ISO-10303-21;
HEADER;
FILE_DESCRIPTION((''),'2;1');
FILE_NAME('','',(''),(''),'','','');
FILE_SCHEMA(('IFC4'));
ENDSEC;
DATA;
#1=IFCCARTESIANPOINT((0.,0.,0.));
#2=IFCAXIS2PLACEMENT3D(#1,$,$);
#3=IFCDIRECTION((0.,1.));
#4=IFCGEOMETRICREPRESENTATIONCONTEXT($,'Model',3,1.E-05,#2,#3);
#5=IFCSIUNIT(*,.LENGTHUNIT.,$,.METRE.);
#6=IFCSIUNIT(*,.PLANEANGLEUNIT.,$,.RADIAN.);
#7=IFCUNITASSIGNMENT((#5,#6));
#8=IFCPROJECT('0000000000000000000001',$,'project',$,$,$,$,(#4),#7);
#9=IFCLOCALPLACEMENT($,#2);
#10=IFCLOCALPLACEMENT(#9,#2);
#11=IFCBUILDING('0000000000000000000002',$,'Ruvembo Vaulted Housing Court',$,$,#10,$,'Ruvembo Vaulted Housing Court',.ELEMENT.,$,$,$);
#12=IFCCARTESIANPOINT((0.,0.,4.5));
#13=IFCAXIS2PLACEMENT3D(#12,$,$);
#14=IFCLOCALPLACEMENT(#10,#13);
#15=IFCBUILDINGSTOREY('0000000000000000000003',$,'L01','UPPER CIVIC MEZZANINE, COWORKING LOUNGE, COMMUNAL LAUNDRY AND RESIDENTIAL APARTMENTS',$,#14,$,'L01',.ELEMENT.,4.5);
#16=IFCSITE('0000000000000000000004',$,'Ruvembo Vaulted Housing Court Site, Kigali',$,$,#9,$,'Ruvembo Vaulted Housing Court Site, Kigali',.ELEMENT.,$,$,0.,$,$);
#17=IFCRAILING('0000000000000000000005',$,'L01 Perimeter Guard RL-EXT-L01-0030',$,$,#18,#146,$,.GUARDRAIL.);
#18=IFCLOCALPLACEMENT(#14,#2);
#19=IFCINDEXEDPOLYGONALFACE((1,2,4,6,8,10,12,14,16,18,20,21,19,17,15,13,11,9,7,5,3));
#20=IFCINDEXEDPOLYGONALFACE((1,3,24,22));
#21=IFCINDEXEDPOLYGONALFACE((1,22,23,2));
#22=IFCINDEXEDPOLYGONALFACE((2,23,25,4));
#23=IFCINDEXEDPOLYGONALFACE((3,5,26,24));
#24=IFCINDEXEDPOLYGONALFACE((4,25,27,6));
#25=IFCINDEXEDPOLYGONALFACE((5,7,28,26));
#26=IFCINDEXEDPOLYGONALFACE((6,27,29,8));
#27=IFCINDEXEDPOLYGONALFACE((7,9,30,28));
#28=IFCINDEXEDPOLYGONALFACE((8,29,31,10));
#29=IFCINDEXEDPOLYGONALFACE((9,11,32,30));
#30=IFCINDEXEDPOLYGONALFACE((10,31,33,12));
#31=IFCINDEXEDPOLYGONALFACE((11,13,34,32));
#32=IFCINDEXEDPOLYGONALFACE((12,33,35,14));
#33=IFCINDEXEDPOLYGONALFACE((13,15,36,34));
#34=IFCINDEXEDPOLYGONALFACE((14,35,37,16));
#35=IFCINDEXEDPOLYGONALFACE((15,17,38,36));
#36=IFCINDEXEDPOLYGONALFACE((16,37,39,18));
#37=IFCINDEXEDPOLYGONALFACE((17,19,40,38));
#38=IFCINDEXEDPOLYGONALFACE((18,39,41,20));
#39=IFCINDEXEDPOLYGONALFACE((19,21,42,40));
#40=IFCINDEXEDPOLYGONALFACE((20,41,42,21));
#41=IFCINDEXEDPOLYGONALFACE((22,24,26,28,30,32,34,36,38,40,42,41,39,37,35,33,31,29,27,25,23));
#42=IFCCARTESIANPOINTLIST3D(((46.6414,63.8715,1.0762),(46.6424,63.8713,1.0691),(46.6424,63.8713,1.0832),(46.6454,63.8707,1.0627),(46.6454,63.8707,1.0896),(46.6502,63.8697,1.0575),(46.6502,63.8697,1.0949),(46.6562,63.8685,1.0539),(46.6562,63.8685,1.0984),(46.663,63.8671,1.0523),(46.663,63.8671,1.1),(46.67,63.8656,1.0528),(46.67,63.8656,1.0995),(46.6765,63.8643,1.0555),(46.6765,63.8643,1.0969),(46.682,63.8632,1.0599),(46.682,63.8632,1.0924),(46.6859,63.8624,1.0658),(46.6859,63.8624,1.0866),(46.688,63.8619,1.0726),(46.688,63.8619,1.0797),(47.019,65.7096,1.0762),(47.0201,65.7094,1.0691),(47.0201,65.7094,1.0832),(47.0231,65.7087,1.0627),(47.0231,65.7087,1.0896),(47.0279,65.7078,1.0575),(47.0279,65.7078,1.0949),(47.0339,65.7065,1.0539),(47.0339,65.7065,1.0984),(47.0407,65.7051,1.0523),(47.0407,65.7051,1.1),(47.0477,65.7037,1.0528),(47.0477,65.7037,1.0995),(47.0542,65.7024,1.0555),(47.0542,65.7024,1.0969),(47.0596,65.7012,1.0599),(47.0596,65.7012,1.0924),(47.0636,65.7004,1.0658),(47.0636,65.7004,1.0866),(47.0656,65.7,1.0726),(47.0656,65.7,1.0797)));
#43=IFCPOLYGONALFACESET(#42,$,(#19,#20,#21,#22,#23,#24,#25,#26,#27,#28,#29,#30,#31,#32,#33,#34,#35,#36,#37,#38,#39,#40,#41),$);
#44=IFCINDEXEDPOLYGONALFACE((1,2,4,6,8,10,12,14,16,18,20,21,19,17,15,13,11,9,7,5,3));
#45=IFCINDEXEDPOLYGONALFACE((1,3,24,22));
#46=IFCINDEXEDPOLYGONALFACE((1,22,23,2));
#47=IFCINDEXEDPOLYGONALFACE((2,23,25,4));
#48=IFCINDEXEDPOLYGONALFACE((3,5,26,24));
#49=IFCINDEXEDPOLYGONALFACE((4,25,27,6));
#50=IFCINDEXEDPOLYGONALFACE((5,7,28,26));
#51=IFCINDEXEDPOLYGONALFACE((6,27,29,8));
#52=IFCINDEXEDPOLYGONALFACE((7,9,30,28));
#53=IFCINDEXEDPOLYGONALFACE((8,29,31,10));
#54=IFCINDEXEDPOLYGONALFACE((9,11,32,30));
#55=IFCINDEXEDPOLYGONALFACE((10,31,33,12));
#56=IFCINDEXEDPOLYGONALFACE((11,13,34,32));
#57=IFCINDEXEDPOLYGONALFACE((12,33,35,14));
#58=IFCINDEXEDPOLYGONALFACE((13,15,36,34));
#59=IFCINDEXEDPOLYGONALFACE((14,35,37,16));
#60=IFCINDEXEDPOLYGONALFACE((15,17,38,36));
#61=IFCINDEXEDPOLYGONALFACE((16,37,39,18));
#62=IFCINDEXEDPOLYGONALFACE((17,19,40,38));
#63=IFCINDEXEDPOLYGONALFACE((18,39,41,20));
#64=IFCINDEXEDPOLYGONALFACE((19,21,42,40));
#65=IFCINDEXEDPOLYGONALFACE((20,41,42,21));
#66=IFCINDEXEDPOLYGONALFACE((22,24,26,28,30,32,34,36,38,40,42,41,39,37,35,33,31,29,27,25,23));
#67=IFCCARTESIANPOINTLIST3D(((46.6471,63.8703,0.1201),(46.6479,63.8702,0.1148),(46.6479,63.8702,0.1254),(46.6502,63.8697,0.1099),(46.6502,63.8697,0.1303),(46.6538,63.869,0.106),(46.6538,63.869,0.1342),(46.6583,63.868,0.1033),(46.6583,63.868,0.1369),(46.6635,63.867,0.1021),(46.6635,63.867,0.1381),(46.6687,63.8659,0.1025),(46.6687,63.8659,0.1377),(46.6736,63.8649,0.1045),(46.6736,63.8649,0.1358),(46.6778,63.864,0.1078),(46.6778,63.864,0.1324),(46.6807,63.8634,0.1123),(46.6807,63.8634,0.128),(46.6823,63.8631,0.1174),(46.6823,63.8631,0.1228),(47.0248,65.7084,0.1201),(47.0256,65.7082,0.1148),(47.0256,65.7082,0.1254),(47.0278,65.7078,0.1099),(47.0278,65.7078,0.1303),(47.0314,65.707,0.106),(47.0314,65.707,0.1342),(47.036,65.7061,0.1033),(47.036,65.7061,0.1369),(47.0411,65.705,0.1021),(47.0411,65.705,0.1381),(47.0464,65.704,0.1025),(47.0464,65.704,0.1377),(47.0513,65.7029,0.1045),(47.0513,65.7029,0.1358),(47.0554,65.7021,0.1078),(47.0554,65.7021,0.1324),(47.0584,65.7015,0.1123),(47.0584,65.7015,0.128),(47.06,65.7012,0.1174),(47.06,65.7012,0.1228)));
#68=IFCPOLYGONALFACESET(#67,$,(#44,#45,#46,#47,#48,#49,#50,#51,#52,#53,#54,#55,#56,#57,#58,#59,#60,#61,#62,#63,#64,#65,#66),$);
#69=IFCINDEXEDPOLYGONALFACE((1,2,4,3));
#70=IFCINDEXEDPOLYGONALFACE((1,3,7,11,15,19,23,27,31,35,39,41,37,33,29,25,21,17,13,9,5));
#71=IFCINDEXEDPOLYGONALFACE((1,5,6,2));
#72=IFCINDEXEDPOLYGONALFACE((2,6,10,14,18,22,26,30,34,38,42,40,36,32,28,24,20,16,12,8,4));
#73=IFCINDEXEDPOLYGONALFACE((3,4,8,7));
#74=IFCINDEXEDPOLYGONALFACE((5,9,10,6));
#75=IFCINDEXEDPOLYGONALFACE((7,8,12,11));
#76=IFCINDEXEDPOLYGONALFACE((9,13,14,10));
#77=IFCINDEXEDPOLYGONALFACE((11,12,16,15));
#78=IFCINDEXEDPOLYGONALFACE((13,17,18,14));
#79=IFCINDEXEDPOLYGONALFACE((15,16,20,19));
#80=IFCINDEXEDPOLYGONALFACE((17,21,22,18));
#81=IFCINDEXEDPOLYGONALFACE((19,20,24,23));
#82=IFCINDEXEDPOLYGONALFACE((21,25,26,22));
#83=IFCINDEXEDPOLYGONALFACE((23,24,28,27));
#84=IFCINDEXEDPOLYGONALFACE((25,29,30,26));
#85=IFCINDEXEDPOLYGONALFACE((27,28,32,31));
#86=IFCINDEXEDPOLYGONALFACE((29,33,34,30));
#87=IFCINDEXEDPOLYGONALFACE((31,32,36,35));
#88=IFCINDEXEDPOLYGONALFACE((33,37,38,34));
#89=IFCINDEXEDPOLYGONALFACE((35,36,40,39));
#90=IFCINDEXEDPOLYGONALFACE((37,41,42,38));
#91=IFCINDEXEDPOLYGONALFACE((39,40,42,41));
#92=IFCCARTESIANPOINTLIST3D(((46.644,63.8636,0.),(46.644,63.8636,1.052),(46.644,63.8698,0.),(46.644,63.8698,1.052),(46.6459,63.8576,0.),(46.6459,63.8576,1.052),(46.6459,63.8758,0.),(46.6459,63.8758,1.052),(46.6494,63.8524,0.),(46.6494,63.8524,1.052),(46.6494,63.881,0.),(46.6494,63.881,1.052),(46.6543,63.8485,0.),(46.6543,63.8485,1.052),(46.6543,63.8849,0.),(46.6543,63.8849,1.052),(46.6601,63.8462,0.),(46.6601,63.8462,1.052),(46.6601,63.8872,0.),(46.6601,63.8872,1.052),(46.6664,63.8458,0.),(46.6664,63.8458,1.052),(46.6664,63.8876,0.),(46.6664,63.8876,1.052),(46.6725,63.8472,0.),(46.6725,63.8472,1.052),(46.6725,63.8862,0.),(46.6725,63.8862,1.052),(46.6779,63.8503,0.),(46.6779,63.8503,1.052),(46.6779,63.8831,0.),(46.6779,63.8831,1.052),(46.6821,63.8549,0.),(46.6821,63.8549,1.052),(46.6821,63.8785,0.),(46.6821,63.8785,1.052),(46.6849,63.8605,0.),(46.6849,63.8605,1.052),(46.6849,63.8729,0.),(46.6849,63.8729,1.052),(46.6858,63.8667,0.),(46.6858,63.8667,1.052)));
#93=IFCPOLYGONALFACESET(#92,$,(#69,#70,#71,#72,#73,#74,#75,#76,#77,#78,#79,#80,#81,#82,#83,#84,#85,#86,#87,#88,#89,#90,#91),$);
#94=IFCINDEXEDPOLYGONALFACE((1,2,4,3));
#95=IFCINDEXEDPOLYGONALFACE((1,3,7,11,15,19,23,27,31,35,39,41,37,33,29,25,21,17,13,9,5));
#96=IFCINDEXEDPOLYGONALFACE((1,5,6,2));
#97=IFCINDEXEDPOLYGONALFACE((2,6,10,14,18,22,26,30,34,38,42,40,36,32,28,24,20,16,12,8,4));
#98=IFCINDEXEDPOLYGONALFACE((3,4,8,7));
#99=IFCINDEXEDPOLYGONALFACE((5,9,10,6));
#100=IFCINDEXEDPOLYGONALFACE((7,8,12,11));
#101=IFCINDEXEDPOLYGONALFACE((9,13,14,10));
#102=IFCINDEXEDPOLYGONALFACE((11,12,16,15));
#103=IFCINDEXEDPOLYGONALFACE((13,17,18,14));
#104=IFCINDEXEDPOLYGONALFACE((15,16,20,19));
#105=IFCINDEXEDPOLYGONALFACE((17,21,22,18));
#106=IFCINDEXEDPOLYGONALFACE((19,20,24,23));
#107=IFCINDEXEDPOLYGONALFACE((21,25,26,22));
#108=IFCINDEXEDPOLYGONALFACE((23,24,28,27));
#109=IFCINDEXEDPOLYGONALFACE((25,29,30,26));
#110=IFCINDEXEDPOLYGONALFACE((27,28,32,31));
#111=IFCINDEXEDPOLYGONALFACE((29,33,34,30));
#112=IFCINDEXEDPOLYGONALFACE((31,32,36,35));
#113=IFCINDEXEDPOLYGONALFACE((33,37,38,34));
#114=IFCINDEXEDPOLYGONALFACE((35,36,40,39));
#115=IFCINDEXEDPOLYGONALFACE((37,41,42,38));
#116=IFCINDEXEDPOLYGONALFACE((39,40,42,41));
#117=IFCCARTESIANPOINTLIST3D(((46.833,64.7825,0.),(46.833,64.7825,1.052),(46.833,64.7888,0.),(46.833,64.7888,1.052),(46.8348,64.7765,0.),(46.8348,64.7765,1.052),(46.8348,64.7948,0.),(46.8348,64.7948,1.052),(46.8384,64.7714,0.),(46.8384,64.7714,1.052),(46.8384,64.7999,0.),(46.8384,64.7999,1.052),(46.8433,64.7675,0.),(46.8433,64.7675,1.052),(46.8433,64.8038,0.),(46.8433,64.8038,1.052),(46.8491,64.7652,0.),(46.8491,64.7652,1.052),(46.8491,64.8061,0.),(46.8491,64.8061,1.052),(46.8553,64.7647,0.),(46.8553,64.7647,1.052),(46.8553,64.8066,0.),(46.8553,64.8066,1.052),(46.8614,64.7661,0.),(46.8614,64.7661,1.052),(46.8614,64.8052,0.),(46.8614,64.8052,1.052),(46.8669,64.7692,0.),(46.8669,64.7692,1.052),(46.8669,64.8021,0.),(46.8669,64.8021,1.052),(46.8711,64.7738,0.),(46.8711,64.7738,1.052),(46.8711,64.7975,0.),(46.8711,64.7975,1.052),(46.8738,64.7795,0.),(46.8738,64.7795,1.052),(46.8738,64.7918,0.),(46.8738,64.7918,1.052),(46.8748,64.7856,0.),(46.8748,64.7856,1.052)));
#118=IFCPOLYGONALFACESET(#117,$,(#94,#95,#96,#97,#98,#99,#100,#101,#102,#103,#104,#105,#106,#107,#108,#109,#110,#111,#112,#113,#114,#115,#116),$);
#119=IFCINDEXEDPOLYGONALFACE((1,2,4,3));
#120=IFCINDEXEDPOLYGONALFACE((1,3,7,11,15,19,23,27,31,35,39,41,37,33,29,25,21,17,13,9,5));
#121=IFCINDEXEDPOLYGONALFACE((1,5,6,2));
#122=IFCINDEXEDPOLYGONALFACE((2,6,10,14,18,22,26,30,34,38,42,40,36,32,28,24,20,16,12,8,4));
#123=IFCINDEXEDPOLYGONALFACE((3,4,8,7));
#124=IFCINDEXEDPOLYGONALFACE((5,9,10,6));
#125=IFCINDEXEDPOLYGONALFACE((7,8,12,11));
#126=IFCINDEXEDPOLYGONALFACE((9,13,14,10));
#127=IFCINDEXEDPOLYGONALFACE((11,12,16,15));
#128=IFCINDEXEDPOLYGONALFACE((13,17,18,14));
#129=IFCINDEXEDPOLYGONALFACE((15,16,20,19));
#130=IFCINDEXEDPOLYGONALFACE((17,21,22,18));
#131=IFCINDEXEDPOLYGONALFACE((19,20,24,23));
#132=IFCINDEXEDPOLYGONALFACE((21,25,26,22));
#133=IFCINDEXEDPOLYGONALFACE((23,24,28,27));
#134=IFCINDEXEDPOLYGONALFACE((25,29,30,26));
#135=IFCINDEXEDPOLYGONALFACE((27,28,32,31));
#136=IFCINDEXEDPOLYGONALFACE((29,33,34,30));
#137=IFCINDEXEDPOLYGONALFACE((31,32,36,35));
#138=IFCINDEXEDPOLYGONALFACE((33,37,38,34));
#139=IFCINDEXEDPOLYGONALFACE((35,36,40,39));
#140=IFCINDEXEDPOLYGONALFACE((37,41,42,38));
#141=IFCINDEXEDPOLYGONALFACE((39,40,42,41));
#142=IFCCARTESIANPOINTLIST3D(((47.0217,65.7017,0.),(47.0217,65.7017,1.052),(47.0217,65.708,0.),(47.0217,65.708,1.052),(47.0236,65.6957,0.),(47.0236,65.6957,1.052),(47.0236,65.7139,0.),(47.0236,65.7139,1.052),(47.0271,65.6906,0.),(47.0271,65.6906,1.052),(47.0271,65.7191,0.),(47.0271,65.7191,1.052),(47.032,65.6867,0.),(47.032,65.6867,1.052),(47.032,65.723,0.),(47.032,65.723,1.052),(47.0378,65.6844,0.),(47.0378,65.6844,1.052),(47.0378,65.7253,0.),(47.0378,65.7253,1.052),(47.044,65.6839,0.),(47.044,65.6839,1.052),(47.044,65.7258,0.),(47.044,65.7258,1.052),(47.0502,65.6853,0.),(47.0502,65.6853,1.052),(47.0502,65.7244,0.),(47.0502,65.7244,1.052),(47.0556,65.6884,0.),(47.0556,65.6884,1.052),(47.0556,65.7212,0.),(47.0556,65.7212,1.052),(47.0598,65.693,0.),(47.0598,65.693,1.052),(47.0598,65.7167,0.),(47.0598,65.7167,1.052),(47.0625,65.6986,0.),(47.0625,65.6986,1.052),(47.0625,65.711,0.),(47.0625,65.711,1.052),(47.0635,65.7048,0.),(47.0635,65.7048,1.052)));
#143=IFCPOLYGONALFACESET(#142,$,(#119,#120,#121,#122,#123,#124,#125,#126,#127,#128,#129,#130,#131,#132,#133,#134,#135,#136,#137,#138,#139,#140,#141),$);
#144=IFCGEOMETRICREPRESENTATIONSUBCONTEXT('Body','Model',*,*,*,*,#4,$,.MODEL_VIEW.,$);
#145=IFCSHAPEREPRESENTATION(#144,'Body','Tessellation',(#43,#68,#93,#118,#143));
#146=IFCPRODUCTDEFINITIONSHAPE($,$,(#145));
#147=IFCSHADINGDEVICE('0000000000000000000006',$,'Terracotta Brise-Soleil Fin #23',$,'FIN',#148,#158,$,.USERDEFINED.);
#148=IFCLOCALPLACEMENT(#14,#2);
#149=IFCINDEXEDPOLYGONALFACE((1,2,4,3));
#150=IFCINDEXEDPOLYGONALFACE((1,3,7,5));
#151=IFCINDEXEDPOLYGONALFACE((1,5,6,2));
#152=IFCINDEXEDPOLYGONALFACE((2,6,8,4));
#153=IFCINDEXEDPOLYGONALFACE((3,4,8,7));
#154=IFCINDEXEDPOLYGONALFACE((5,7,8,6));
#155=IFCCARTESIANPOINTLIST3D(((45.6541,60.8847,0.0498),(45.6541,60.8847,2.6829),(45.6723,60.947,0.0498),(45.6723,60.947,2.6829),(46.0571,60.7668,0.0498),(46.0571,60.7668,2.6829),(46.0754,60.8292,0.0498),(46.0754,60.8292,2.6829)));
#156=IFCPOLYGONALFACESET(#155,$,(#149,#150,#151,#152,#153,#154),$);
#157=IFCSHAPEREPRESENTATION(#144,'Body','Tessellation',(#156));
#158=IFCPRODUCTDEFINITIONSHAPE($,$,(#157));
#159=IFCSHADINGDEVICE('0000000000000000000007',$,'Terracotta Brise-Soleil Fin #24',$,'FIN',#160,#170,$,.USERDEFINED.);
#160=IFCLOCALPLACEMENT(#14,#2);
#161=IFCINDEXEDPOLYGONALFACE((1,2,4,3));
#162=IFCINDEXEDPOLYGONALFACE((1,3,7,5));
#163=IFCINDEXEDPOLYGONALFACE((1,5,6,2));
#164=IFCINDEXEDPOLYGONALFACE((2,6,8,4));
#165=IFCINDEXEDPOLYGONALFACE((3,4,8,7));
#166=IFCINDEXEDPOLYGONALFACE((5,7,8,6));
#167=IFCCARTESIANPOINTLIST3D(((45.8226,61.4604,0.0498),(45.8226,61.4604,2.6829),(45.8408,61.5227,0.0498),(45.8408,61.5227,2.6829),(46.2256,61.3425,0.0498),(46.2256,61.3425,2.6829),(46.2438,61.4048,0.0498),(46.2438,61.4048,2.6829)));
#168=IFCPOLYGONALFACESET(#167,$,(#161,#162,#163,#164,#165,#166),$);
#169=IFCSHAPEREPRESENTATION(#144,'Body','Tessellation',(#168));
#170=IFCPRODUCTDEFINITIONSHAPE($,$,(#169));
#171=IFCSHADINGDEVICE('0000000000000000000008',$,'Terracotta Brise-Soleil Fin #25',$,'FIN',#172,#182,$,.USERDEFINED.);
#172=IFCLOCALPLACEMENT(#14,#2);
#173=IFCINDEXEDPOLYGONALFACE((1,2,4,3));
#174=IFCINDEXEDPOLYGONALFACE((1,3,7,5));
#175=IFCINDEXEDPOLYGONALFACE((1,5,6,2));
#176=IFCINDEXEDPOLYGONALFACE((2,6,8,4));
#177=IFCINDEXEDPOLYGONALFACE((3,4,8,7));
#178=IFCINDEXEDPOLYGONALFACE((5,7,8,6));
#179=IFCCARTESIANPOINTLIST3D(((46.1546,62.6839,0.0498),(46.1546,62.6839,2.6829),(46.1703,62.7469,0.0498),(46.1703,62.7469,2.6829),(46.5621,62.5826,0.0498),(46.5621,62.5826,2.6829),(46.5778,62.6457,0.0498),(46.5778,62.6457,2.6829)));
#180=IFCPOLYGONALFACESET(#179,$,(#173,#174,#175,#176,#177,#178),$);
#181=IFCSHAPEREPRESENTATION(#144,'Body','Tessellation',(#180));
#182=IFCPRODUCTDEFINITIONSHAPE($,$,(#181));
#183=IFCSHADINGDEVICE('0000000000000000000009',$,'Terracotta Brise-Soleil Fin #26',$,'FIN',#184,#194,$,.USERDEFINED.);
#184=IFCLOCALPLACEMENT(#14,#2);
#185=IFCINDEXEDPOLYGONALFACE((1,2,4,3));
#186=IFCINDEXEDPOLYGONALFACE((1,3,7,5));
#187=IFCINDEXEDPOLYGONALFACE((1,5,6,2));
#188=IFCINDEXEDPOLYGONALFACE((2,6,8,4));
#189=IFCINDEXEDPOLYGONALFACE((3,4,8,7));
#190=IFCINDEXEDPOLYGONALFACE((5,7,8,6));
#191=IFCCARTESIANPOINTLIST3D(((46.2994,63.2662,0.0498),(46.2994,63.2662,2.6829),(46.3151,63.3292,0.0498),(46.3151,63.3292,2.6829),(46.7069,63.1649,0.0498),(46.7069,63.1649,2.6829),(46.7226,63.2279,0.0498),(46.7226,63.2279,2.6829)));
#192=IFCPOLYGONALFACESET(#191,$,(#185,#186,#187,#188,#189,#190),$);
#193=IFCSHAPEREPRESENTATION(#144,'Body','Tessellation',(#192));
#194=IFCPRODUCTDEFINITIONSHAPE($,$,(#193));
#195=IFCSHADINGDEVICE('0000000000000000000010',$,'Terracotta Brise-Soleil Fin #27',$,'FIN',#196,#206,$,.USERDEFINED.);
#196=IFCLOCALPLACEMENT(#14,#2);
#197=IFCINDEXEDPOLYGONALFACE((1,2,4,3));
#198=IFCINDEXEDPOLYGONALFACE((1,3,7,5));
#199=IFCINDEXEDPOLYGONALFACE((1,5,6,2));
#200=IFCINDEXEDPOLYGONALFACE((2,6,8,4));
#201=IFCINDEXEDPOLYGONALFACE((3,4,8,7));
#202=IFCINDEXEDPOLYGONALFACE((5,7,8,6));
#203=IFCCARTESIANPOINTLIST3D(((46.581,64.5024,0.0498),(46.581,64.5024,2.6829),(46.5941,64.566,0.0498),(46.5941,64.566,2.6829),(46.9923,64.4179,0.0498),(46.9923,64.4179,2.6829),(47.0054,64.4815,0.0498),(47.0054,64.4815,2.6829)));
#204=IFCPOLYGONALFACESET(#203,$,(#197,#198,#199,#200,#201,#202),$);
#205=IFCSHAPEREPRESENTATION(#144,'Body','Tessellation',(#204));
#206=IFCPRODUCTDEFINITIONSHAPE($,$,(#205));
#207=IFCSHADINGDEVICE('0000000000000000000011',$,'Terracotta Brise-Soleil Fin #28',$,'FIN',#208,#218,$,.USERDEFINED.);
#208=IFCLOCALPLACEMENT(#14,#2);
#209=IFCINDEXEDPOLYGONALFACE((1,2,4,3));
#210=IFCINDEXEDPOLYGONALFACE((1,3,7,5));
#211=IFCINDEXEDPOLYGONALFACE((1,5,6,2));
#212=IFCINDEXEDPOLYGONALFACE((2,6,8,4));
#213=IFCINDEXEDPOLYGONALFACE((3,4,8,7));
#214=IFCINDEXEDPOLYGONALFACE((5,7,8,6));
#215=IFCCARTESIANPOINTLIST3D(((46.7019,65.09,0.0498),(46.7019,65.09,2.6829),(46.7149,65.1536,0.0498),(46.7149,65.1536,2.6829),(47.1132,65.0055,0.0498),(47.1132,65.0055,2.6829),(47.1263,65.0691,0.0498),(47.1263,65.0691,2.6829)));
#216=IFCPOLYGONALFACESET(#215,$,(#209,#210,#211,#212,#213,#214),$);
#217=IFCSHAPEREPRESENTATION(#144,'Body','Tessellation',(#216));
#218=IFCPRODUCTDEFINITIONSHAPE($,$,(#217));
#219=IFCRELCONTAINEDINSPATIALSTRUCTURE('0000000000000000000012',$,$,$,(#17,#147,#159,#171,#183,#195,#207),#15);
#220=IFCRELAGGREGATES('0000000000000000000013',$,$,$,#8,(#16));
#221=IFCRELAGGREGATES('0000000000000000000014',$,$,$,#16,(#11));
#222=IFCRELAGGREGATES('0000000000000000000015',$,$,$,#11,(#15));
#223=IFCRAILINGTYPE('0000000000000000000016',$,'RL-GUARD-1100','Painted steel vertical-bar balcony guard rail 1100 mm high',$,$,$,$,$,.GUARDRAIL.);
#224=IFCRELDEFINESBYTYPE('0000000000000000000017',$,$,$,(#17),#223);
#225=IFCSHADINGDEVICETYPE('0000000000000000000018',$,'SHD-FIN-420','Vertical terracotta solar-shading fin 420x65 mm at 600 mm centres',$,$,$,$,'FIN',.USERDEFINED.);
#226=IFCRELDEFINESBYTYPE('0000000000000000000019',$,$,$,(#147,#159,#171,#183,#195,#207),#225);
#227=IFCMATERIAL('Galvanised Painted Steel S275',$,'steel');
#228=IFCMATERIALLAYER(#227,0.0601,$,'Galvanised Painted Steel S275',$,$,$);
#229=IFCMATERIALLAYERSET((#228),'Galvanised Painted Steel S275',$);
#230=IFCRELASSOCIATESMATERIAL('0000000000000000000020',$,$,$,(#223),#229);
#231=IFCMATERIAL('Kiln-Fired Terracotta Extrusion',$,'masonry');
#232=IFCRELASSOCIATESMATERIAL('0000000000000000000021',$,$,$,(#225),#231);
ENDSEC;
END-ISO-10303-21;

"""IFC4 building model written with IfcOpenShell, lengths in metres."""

from ifc_helpers import new_model, si_unit, direction, frame, origin, origin_2d, place, context, subcontext, project, spatial, rectangle, circle, extrude, material, layer, layer_set, type_object, element, save


model = new_model("IFC4")

# Units and contexts
model_context = context("Model", 3, precision=1e-05, world=origin(), true_north=direction((0.0, 1.0)))
body_context = subcontext(model_context, "Body", "Model", "MODEL_VIEW")
ifc_project = project(units=[si_unit("LENGTHUNIT", "METRE"), si_unit("PLANEANGLEUNIT", "RADIAN")], contexts=[model_context])

# Site, building, storey
site_placement = place(None, origin())
site = spatial("IfcSite", under=ifc_project, at=site_placement, Name="Ruvembo Vaulted Housing Court Site, Kigali", LongName="Ruvembo Vaulted Housing Court Site, Kigali", CompositionType="ELEMENT", RefElevation=0.0)
building_placement = place(site_placement, origin())
building = spatial("IfcBuilding", under=site, at=building_placement, Name="Ruvembo Vaulted Housing Court", LongName="Ruvembo Vaulted Housing Court", CompositionType="ELEMENT")
storey_placement = place(building_placement, frame((0.0, 0.0, 4.5)))
storey = spatial("IfcBuildingStorey", under=building, at=storey_placement, Name="L01", Description="UPPER CIVIC MEZZANINE, COWORKING LOUNGE, COMMUNAL LAUNDRY AND RESIDENTIAL APARTMENTS", LongName="L01", CompositionType="ELEMENT", Elevation=4.5)

# Railing
ifc_material_1 = material(Name="Galvanised Painted Steel S275", Category="steel")
ifc_layer = layer(ifc_material_1, 0.0601, Name="Galvanised Painted Steel S275")
ifc_layer_set = layer_set([ifc_layer], Name="Galvanised Painted Steel S275")
railing_type = type_object("IfcRailingType", Name="RL-GUARD-1100", Description="Painted steel vertical-bar balcony guard rail 1100 mm high", PredefinedType="GUARDRAIL", material=ifc_layer_set)
railing_1_placement = place(storey_placement, frame((46.6648, 63.8667, 0.0)))
element("IfcRailing", 1, at=railing_1_placement, inside=storey, type_object=railing_type, Name="L01 Perimeter Guard RL-EXT-L01-0030", PredefinedType="GUARDRAIL", context=body_context, shape_type="SweptSolid", body=[
    extrude(circle(Radius=0.0239, at=origin_2d()), frame((0.0, 0.0, 1.0762), z_axis=(0.201267, 0.979536, 0.0), x_axis=(-0.979536, 0.201267, 0.0)), (0.0, 0.0, 1.0), 1.8765),
    extrude(circle(Radius=0.0181, at=origin_2d()), frame((0.0, 0.0, 0.1201), z_axis=(0.201267, 0.979536, 0.0), x_axis=(-0.979536, 0.201267, 0.0)), (0.0, 0.0, 1.0), 1.8765),
    extrude(circle(Radius=0.021, at=origin_2d()), origin(), (0.0, 0.0, 1.0), 1.052),
    extrude(circle(Radius=0.021, at=origin_2d()), frame((0.189, 0.9189, 0.0)), (0.0, 0.0, 1.0), 1.052),
    extrude(circle(Radius=0.021, at=origin_2d()), frame((0.3777, 1.8381, 0.0)), (0.0, 0.0, 1.0), 1.052),
])

# Shading devices
ifc_material_2 = material(Name="Kiln-Fired Terracotta Extrusion", Category="masonry")
shading_device_type = type_object("IfcShadingDeviceType", Name="SHD-FIN-420", Description="Vertical terracotta solar-shading fin 420x65 mm at 600 mm centres", ElementType="FIN", PredefinedType="USERDEFINED", material=ifc_material_2)
for number, where, z_axis, x_axis, name in (
    (2, (45.8647, 60.8569, 0.0498), (0.0, 0.0, 1.0), (0.959791, -0.280717, 0.0), "Terracotta Brise-Soleil Fin #23"),
    (3, (46.0332, 61.4326, 0.0498), (0.0, 0.0, 1.0), (0.959791, -0.280717, 0.0), "Terracotta Brise-Soleil Fin #24"),
    (4, (46.3662, 62.6648, 0.0498), (0.0, 0.0, 1.0), (0.970481, -0.241177, 0.0), "Terracotta Brise-Soleil Fin #25"),
    (5, (46.511, 63.2471, 0.0498), (0.0, 0.0, 1.0), (0.970481, -0.241177, 0.0), "Terracotta Brise-Soleil Fin #26"),
    (6, (46.7932, 64.4919, 0.0498), (0.0, 0.0, 1.0), (0.979547, -0.201215, 0.0), "Terracotta Brise-Soleil Fin #27"),
    (7, (46.9141, 65.0796, 0.0498), (0.0, 0.0, 1.0), (0.979547, -0.201215, 0.0), "Terracotta Brise-Soleil Fin #28"),
):
    element("IfcShadingDevice", number, at=place(storey_placement, frame(where, z_axis=z_axis, x_axis=x_axis)), inside=storey, type_object=shading_device_type, Name=name, ObjectType="FIN", PredefinedType="USERDEFINED", context=body_context, shape_type="SweptSolid", body=[
        extrude(rectangle(XDim=0.4199, YDim=0.0649, at=origin_2d()), origin(), (0.0, 0.0, 1.0), 2.6331),
    ])

save(model, "model.ifc")
